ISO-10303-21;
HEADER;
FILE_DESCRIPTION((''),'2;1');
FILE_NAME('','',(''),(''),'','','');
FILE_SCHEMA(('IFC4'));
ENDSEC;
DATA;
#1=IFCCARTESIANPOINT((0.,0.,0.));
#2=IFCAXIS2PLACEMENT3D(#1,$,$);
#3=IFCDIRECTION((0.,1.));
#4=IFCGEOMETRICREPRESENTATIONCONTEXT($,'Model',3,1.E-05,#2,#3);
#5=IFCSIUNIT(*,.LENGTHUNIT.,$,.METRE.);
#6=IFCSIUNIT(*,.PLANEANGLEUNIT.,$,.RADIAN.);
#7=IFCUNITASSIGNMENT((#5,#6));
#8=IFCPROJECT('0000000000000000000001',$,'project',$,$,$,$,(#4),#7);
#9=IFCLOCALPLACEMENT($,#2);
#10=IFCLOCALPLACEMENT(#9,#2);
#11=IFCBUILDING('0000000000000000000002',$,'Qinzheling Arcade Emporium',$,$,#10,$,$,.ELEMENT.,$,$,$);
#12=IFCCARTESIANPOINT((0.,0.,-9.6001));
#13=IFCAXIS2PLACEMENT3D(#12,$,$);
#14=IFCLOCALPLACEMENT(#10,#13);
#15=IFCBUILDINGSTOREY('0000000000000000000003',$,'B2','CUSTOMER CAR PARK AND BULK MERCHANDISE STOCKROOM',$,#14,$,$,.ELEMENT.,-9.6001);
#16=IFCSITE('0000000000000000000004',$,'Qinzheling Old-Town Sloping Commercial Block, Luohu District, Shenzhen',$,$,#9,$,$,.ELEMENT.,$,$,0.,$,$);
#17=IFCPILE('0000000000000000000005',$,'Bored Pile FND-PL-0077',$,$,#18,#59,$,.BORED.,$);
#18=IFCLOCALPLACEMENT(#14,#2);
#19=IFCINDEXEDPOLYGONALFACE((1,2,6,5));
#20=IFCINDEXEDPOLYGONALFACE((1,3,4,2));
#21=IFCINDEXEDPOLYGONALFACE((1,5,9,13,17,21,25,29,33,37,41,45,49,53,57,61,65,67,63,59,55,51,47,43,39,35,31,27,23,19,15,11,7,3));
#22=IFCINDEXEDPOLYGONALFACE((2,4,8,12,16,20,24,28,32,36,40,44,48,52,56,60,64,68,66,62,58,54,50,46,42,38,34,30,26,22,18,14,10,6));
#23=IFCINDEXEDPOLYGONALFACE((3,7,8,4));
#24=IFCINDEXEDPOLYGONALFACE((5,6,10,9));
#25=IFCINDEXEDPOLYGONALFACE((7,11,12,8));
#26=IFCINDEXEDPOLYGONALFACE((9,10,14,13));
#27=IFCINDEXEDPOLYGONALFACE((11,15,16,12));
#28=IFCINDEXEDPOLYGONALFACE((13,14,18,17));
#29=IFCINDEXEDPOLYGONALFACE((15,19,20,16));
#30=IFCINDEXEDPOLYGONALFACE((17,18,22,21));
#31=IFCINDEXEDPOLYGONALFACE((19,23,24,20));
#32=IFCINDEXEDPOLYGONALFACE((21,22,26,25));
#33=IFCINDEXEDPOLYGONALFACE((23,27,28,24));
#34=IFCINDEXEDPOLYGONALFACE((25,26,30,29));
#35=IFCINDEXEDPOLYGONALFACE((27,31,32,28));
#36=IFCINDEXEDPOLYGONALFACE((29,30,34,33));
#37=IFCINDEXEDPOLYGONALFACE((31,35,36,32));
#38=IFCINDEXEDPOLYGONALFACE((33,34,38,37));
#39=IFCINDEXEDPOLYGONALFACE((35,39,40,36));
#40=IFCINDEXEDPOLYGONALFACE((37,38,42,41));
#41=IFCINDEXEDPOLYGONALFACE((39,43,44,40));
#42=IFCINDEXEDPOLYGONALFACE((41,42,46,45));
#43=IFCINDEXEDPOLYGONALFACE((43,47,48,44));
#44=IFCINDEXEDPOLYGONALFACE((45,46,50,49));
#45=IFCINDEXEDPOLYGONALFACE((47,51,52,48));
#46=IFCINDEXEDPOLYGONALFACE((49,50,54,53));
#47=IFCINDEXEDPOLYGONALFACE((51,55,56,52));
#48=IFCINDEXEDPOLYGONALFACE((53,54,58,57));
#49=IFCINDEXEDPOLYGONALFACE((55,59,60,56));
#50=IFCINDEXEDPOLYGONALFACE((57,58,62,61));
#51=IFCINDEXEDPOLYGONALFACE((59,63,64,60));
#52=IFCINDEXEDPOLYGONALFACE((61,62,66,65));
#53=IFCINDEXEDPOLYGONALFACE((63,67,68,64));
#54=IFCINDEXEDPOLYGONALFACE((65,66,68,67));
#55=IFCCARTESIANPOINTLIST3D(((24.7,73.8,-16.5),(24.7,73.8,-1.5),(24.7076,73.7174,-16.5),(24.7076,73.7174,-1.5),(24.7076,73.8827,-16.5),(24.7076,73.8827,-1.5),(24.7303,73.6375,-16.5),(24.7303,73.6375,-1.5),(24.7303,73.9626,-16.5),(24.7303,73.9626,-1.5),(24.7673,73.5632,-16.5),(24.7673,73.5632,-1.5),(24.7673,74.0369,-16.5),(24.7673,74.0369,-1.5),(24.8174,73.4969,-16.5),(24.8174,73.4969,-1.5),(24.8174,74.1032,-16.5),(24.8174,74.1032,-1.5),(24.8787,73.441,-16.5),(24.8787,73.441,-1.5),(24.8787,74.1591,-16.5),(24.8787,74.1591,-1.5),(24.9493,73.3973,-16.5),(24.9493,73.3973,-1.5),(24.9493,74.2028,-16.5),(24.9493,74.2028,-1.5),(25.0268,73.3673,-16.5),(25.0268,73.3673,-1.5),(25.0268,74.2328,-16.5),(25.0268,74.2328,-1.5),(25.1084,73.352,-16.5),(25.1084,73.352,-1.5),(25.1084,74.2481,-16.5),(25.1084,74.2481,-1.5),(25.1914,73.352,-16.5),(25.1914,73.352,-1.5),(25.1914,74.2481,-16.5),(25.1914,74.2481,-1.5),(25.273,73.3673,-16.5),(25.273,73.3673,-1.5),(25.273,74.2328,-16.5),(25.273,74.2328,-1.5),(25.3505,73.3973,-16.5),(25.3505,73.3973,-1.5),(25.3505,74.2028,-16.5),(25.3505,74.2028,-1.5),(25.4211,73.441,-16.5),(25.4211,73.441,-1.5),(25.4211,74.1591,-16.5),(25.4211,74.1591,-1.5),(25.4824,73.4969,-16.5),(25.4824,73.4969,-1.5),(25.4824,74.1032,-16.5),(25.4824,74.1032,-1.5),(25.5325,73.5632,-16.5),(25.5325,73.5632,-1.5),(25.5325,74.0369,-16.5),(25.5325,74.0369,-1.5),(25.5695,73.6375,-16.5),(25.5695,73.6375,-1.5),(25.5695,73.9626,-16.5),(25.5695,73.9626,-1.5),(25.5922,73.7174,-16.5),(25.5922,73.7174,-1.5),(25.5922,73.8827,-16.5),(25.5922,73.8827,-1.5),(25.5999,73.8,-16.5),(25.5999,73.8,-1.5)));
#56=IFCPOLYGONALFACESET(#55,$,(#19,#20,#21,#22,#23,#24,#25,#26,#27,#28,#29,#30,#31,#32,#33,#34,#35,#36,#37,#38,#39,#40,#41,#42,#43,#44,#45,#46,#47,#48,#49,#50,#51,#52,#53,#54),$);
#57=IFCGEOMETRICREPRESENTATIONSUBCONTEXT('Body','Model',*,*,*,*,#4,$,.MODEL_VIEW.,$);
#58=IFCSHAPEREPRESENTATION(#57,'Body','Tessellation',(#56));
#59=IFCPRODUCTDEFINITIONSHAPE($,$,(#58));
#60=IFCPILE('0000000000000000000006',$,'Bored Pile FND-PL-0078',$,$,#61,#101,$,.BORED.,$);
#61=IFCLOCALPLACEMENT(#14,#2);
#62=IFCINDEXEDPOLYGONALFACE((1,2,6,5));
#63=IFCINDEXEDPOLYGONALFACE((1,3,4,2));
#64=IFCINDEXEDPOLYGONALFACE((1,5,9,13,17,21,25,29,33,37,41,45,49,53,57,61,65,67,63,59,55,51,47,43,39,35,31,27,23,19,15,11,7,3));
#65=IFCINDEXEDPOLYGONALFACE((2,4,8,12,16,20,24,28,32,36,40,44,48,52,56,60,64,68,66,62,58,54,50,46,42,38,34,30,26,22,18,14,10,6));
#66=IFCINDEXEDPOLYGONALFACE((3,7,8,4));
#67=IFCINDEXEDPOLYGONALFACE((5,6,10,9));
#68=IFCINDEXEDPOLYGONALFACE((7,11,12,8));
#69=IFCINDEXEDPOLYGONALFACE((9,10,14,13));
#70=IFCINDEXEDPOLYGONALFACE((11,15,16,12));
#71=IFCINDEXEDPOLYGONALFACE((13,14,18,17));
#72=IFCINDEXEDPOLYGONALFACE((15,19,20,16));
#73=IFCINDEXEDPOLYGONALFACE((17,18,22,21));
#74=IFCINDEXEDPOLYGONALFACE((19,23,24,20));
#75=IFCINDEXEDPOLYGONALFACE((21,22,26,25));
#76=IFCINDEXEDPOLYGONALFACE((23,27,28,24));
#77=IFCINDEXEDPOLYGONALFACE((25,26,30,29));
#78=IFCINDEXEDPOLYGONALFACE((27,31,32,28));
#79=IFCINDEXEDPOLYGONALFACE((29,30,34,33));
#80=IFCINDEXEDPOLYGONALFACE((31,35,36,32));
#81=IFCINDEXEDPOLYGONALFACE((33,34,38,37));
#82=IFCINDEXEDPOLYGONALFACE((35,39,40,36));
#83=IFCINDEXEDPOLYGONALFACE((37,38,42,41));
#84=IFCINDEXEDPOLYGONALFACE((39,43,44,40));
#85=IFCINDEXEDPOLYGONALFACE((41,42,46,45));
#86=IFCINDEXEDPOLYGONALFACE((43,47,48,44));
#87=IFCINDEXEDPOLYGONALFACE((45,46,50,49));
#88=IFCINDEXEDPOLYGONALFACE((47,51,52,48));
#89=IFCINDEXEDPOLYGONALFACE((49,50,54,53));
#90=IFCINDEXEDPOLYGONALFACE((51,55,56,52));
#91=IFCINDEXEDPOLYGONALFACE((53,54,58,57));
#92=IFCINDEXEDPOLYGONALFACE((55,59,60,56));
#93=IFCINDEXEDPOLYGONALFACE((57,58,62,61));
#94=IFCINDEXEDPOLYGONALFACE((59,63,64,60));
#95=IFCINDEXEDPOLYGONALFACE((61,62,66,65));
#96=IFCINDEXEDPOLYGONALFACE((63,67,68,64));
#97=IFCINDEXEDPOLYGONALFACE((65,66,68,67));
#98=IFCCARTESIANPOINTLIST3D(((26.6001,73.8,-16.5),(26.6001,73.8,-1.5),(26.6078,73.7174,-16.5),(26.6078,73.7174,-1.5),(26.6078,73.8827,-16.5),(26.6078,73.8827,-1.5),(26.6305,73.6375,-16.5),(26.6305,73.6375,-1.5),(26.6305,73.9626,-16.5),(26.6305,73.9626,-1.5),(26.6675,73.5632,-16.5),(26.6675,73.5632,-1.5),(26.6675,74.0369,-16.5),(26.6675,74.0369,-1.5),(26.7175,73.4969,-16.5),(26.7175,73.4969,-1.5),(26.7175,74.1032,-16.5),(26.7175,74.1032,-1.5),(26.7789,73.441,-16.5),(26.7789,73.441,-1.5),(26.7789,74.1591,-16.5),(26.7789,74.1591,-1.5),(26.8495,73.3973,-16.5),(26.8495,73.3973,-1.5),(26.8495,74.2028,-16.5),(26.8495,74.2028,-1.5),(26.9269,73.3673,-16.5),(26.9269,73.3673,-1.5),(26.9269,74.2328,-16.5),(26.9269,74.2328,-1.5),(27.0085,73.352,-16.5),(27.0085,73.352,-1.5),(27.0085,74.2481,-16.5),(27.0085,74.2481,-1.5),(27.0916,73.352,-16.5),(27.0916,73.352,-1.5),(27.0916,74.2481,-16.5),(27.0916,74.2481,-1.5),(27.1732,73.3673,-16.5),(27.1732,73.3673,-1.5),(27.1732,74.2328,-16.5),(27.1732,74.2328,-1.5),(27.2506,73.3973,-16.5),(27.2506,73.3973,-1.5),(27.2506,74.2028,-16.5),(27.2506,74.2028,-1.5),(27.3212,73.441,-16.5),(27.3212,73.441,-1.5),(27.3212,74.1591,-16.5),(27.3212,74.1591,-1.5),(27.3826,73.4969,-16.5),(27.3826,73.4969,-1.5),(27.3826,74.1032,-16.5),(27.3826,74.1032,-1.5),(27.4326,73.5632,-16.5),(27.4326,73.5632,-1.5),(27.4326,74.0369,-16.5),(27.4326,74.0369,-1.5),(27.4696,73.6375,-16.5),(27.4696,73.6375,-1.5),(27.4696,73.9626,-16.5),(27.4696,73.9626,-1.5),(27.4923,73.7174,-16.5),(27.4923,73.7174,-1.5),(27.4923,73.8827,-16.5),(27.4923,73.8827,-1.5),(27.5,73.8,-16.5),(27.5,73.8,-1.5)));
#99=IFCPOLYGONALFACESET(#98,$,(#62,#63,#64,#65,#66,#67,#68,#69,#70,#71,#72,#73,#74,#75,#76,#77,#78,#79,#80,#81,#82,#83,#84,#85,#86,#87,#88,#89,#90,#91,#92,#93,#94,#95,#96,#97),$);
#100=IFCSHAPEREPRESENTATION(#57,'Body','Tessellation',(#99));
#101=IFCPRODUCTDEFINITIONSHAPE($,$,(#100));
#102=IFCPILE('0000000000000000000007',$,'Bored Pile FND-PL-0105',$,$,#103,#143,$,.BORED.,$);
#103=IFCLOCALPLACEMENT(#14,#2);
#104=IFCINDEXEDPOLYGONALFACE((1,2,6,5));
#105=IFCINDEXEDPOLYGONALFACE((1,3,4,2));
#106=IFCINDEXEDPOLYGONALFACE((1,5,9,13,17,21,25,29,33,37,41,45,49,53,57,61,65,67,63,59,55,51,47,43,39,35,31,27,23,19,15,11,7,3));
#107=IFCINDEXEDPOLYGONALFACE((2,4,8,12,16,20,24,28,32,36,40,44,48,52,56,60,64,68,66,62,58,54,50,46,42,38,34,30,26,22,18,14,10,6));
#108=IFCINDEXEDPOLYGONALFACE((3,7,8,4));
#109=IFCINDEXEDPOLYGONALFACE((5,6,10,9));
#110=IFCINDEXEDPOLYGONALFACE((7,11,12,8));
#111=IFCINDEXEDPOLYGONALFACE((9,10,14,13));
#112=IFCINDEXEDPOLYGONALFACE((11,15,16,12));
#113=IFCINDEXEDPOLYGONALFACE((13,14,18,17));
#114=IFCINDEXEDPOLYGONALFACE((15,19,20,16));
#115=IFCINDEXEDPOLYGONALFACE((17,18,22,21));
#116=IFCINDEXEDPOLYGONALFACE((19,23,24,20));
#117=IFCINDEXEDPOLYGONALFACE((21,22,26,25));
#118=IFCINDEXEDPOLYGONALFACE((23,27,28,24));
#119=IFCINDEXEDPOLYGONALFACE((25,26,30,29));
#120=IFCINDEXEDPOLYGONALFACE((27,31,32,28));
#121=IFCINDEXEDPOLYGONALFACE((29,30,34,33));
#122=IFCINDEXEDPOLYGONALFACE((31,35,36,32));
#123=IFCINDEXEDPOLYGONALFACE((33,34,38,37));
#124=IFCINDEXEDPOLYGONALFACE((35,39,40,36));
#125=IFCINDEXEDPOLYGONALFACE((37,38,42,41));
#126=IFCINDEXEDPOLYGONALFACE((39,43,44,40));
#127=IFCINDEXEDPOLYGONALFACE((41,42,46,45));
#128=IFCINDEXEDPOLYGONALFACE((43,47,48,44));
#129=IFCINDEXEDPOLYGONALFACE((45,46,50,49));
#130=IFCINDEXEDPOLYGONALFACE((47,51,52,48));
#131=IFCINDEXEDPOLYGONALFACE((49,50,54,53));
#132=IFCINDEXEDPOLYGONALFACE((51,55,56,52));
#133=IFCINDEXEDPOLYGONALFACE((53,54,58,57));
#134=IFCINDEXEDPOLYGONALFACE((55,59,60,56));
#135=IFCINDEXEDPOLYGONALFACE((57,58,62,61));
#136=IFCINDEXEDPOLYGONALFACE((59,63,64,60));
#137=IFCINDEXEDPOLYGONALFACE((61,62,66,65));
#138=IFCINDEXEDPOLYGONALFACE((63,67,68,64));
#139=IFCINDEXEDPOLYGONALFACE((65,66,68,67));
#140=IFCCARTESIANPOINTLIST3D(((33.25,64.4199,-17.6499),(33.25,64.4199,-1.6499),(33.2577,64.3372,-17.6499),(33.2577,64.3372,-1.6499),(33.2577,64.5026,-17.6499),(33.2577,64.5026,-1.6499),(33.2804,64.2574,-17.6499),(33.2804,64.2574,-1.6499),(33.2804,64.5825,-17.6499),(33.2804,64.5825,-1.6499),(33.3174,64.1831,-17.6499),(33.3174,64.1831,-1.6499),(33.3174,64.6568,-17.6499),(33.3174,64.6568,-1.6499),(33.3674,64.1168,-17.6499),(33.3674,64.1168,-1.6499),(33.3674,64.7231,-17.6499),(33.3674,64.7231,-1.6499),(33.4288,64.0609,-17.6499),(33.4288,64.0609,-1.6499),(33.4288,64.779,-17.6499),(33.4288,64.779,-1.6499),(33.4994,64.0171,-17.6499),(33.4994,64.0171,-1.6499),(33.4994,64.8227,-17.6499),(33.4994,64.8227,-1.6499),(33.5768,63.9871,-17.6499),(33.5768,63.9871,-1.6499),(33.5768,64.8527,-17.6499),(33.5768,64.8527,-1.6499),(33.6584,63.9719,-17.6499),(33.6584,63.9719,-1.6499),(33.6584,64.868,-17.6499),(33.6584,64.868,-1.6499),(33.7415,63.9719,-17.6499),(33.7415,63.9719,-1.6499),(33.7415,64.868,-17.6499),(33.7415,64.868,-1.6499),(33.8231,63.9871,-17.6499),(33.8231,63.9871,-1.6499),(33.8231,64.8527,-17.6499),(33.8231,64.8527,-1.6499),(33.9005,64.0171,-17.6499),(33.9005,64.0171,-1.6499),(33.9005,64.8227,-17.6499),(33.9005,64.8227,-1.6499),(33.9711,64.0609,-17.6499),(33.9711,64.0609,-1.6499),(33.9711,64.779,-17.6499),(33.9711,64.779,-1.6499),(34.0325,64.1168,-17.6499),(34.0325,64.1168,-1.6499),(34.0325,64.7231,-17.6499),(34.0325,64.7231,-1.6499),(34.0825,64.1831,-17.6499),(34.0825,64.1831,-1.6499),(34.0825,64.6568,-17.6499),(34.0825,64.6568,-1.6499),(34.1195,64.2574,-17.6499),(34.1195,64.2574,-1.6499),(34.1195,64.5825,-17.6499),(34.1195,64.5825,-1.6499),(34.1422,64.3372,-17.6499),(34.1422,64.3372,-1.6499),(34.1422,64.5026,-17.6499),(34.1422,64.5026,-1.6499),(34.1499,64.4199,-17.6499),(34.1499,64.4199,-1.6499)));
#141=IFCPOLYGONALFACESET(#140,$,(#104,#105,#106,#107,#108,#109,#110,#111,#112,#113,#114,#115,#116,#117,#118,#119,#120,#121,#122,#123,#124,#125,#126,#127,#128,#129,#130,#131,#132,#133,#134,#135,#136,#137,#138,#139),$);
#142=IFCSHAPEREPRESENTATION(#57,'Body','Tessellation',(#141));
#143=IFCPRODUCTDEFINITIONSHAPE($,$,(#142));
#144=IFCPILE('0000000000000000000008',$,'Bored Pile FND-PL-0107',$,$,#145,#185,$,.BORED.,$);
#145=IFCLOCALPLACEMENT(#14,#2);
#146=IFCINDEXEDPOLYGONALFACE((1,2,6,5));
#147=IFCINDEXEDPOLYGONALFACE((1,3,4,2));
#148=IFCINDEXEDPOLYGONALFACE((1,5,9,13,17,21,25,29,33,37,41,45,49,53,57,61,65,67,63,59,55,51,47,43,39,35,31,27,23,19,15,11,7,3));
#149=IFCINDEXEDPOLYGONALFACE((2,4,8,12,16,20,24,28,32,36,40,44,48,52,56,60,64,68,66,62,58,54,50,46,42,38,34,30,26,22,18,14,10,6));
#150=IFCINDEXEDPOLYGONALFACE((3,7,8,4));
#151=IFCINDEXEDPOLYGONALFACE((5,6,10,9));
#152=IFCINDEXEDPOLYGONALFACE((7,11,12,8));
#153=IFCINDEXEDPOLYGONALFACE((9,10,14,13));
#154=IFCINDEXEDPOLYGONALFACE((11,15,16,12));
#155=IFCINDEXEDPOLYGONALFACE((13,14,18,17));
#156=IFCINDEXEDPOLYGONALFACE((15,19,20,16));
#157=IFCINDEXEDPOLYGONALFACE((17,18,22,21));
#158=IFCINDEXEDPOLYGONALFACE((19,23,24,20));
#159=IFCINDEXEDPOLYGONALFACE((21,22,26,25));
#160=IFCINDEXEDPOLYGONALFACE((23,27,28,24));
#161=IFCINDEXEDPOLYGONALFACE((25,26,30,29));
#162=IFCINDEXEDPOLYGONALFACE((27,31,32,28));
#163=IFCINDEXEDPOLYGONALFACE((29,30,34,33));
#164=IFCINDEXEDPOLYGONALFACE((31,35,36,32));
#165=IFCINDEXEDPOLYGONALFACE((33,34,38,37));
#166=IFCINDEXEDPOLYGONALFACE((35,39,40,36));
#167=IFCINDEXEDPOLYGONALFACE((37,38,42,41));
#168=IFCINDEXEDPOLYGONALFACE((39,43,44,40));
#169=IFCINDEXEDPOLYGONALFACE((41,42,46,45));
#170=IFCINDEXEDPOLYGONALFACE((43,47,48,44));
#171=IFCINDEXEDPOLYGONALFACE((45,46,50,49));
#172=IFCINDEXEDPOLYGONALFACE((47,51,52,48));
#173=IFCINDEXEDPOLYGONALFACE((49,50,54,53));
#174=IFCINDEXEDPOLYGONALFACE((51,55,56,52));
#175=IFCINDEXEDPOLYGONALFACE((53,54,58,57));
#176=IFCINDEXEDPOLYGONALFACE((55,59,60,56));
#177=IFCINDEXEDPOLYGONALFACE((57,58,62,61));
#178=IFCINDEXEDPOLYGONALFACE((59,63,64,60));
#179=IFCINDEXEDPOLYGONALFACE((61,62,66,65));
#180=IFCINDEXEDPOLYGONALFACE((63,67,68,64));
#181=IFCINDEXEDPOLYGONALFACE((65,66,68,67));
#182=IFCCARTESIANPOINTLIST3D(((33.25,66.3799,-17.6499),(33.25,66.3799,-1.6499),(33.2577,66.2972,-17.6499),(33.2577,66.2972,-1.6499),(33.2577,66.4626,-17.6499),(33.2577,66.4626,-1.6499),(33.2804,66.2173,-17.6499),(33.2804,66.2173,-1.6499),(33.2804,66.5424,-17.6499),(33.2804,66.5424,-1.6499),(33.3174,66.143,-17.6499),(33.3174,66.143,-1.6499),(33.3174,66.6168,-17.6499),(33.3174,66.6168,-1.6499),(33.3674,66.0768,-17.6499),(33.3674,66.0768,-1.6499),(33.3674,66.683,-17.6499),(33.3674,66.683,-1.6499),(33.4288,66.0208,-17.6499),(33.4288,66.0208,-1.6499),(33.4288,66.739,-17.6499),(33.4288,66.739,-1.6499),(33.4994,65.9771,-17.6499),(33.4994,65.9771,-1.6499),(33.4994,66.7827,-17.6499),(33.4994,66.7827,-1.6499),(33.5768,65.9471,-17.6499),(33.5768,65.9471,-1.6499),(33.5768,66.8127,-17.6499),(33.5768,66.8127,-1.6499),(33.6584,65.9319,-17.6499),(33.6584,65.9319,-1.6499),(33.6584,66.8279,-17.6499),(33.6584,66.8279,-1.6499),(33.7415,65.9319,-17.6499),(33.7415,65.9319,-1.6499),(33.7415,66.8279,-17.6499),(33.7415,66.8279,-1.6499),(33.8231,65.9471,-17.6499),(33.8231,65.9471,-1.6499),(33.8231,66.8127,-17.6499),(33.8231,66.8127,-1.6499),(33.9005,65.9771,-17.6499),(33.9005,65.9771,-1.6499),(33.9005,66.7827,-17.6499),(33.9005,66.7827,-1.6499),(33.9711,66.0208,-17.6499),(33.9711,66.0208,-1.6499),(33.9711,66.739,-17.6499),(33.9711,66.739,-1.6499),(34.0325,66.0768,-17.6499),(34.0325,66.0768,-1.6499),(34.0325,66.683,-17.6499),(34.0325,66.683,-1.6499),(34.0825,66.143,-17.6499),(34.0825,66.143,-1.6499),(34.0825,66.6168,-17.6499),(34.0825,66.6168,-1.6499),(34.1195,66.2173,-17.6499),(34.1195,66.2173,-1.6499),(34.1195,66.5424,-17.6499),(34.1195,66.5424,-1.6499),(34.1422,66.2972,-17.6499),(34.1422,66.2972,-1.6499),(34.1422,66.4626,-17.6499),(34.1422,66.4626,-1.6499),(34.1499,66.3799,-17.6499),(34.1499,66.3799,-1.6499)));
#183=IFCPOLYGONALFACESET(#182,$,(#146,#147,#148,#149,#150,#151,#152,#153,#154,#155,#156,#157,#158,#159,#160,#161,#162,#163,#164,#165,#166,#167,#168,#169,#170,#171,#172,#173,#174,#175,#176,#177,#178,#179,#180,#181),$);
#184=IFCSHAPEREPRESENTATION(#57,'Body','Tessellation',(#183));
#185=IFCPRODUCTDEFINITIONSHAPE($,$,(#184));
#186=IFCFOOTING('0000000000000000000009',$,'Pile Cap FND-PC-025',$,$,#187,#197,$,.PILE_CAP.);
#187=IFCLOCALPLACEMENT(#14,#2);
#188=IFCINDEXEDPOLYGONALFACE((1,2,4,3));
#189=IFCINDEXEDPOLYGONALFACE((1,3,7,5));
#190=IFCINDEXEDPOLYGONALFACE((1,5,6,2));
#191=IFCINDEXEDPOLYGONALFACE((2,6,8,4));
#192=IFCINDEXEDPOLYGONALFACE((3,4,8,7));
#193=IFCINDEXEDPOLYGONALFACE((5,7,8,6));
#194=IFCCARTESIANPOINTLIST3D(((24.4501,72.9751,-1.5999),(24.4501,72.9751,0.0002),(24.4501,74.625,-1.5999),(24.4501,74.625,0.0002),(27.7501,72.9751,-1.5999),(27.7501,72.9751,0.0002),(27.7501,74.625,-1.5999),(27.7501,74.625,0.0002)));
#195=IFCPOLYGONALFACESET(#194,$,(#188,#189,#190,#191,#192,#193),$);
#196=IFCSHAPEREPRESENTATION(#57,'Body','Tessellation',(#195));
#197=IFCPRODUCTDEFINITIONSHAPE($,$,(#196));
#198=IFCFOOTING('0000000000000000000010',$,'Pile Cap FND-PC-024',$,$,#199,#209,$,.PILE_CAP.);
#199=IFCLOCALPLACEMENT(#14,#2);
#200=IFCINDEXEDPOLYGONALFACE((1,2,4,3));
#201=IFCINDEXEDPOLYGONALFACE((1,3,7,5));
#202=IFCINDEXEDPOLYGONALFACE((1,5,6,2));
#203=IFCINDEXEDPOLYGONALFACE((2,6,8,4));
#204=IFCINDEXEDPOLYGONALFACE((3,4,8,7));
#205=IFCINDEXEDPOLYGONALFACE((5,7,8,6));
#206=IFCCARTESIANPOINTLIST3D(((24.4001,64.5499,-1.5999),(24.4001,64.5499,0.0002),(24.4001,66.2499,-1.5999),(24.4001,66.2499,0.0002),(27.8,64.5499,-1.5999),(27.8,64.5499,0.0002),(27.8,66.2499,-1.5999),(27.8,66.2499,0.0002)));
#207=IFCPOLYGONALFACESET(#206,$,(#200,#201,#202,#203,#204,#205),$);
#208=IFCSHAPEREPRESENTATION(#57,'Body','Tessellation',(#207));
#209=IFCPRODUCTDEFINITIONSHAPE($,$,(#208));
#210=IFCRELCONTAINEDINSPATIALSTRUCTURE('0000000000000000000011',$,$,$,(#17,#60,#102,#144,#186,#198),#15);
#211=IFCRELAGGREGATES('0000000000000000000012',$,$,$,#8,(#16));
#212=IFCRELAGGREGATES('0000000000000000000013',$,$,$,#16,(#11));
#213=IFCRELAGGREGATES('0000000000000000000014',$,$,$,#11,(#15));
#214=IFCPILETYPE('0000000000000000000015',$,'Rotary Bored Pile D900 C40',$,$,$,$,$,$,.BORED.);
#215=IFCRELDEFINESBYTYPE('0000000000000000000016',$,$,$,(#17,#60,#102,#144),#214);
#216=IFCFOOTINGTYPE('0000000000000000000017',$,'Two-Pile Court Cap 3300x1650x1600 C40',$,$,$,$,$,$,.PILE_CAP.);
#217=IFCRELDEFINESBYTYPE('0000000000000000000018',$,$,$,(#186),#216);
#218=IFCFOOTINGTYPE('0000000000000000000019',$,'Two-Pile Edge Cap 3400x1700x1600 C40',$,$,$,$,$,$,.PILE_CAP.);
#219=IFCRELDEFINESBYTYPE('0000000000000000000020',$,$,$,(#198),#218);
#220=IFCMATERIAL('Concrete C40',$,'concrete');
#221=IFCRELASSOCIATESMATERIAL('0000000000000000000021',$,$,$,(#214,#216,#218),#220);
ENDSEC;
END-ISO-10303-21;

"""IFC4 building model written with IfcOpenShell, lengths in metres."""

from ifc_helpers import new_model, si_unit, direction, frame, origin, origin_2d, place, context, subcontext, project, spatial, rectangle, circle, extrude, material, material_profile, profile_set, type_object, element, save


model = new_model("IFC4")

# Units and contexts
model_context = context("Model", 3, precision=1e-05, world=origin(), true_north=direction((0.0, 1.0)))
body_context = subcontext(model_context, "Body", "Model", "MODEL_VIEW")
ifc_project = project(units=[si_unit("LENGTHUNIT", "METRE"), si_unit("PLANEANGLEUNIT", "RADIAN")], contexts=[model_context])

# Site, building, storey
site_placement = place(None, origin())
site = spatial("IfcSite", under=ifc_project, at=site_placement, Name="Qinzheling Old-Town Sloping Commercial Block, Luohu District, Shenzhen", CompositionType="ELEMENT", RefElevation=0.0)
building_placement = place(site_placement, origin())
building = spatial("IfcBuilding", under=site, at=building_placement, Name="Qinzheling Arcade Emporium", CompositionType="ELEMENT")
storey_placement = place(building_placement, frame((0.0, 0.0, -9.6001)))
storey = spatial("IfcBuildingStorey", under=building, at=storey_placement, Name="B2", Description="CUSTOMER CAR PARK AND BULK MERCHANDISE STOCKROOM", CompositionType="ELEMENT", Elevation=-9.6001)

# Shared definitions
ifc_material_1 = material(Name="Concrete C40", Category="concrete")

# Piles
ifc_material_profile_1 = material_profile(ifc_material_1, circle(Radius=0.45, at=origin_2d()), Name="BORED D900", Category="concrete")
ifc_profile_set_1 = profile_set([ifc_material_profile_1], Name="Concrete C40")
pile_type_1 = type_object("IfcPileType", Name="Rotary Bored Pile D900 C40", PredefinedType="BORED", material=ifc_profile_set_1)
for number, where, z_axis, x_axis, name in (
    (1, (25.1499, 73.8, -1.5), (0.0, 0.0, -1.0), (1.0, 0.0, 0.0), "Bored Pile FND-PL-0077"),
    (2, (27.05, 73.8, -1.5), (0.0, 0.0, -1.0), (1.0, 0.0, 0.0), "Bored Pile FND-PL-0078"),
):
    element("IfcPile", number, at=place(storey_placement, frame(where, z_axis=z_axis, x_axis=x_axis)), inside=storey, type_object=pile_type_1, Name=name, PredefinedType="BORED", context=body_context, shape_type="SweptSolid", body=[
        extrude(circle(Radius=0.45, at=origin_2d()), origin(), (0.0, 0.0, 1.0), 15.0),
    ])
for number, where, z_axis, x_axis, name in (
    (3, (33.7, 64.4199, -1.6499), (0.0, 0.0, -1.0), (1.0, 0.0, 0.0), "Bored Pile FND-PL-0105"),
    (4, (33.7, 66.3799, -1.6499), (0.0, 0.0, -1.0), (1.0, 0.0, 0.0), "Bored Pile FND-PL-0107"),
):
    element("IfcPile", number, at=place(storey_placement, frame(where, z_axis=z_axis, x_axis=x_axis)), inside=storey, type_object=pile_type_1, Name=name, PredefinedType="BORED", context=body_context, shape_type="SweptSolid", body=[
        extrude(circle(Radius=0.45, at=origin_2d()), origin(), (0.0, 0.0, 1.0), 16.0),
    ])

# Footings
footing_type_1 = type_object("IfcFootingType", Name="Two-Pile Court Cap 3300x1650x1600 C40", PredefinedType="PILE_CAP", material=ifc_material_1)
footing_1_placement = place(storey_placement, frame((26.1001, 73.8, -1.5999), z_axis=(0.0, 0.0, 1.0), x_axis=(1.0, 0.0, 0.0)))
element("IfcFooting", 5, at=footing_1_placement, inside=storey, type_object=footing_type_1, Name="Pile Cap FND-PC-025", PredefinedType="PILE_CAP", context=body_context, shape_type="SweptSolid", body=[
    extrude(rectangle(XDim=3.3, YDim=1.6499, at=origin_2d()), origin(), (0.0, 0.0, 1.0), 1.6001),
])
footing_type_2 = type_object("IfcFootingType", Name="Two-Pile Edge Cap 3400x1700x1600 C40", PredefinedType="PILE_CAP", material=ifc_material_1)
footing_2_placement = place(storey_placement, frame((26.1001, 65.3999, -1.5999), z_axis=(0.0, 0.0, 1.0), x_axis=(1.0, 0.0, 0.0)))
element("IfcFooting", 6, at=footing_2_placement, inside=storey, type_object=footing_type_2, Name="Pile Cap FND-PC-024", PredefinedType="PILE_CAP", context=body_context, shape_type="SweptSolid", body=[
    extrude(rectangle(XDim=3.3999, YDim=1.7, at=origin_2d()), origin(), (0.0, 0.0, 1.0), 1.6001),
])

save(model, "model.ifc")
